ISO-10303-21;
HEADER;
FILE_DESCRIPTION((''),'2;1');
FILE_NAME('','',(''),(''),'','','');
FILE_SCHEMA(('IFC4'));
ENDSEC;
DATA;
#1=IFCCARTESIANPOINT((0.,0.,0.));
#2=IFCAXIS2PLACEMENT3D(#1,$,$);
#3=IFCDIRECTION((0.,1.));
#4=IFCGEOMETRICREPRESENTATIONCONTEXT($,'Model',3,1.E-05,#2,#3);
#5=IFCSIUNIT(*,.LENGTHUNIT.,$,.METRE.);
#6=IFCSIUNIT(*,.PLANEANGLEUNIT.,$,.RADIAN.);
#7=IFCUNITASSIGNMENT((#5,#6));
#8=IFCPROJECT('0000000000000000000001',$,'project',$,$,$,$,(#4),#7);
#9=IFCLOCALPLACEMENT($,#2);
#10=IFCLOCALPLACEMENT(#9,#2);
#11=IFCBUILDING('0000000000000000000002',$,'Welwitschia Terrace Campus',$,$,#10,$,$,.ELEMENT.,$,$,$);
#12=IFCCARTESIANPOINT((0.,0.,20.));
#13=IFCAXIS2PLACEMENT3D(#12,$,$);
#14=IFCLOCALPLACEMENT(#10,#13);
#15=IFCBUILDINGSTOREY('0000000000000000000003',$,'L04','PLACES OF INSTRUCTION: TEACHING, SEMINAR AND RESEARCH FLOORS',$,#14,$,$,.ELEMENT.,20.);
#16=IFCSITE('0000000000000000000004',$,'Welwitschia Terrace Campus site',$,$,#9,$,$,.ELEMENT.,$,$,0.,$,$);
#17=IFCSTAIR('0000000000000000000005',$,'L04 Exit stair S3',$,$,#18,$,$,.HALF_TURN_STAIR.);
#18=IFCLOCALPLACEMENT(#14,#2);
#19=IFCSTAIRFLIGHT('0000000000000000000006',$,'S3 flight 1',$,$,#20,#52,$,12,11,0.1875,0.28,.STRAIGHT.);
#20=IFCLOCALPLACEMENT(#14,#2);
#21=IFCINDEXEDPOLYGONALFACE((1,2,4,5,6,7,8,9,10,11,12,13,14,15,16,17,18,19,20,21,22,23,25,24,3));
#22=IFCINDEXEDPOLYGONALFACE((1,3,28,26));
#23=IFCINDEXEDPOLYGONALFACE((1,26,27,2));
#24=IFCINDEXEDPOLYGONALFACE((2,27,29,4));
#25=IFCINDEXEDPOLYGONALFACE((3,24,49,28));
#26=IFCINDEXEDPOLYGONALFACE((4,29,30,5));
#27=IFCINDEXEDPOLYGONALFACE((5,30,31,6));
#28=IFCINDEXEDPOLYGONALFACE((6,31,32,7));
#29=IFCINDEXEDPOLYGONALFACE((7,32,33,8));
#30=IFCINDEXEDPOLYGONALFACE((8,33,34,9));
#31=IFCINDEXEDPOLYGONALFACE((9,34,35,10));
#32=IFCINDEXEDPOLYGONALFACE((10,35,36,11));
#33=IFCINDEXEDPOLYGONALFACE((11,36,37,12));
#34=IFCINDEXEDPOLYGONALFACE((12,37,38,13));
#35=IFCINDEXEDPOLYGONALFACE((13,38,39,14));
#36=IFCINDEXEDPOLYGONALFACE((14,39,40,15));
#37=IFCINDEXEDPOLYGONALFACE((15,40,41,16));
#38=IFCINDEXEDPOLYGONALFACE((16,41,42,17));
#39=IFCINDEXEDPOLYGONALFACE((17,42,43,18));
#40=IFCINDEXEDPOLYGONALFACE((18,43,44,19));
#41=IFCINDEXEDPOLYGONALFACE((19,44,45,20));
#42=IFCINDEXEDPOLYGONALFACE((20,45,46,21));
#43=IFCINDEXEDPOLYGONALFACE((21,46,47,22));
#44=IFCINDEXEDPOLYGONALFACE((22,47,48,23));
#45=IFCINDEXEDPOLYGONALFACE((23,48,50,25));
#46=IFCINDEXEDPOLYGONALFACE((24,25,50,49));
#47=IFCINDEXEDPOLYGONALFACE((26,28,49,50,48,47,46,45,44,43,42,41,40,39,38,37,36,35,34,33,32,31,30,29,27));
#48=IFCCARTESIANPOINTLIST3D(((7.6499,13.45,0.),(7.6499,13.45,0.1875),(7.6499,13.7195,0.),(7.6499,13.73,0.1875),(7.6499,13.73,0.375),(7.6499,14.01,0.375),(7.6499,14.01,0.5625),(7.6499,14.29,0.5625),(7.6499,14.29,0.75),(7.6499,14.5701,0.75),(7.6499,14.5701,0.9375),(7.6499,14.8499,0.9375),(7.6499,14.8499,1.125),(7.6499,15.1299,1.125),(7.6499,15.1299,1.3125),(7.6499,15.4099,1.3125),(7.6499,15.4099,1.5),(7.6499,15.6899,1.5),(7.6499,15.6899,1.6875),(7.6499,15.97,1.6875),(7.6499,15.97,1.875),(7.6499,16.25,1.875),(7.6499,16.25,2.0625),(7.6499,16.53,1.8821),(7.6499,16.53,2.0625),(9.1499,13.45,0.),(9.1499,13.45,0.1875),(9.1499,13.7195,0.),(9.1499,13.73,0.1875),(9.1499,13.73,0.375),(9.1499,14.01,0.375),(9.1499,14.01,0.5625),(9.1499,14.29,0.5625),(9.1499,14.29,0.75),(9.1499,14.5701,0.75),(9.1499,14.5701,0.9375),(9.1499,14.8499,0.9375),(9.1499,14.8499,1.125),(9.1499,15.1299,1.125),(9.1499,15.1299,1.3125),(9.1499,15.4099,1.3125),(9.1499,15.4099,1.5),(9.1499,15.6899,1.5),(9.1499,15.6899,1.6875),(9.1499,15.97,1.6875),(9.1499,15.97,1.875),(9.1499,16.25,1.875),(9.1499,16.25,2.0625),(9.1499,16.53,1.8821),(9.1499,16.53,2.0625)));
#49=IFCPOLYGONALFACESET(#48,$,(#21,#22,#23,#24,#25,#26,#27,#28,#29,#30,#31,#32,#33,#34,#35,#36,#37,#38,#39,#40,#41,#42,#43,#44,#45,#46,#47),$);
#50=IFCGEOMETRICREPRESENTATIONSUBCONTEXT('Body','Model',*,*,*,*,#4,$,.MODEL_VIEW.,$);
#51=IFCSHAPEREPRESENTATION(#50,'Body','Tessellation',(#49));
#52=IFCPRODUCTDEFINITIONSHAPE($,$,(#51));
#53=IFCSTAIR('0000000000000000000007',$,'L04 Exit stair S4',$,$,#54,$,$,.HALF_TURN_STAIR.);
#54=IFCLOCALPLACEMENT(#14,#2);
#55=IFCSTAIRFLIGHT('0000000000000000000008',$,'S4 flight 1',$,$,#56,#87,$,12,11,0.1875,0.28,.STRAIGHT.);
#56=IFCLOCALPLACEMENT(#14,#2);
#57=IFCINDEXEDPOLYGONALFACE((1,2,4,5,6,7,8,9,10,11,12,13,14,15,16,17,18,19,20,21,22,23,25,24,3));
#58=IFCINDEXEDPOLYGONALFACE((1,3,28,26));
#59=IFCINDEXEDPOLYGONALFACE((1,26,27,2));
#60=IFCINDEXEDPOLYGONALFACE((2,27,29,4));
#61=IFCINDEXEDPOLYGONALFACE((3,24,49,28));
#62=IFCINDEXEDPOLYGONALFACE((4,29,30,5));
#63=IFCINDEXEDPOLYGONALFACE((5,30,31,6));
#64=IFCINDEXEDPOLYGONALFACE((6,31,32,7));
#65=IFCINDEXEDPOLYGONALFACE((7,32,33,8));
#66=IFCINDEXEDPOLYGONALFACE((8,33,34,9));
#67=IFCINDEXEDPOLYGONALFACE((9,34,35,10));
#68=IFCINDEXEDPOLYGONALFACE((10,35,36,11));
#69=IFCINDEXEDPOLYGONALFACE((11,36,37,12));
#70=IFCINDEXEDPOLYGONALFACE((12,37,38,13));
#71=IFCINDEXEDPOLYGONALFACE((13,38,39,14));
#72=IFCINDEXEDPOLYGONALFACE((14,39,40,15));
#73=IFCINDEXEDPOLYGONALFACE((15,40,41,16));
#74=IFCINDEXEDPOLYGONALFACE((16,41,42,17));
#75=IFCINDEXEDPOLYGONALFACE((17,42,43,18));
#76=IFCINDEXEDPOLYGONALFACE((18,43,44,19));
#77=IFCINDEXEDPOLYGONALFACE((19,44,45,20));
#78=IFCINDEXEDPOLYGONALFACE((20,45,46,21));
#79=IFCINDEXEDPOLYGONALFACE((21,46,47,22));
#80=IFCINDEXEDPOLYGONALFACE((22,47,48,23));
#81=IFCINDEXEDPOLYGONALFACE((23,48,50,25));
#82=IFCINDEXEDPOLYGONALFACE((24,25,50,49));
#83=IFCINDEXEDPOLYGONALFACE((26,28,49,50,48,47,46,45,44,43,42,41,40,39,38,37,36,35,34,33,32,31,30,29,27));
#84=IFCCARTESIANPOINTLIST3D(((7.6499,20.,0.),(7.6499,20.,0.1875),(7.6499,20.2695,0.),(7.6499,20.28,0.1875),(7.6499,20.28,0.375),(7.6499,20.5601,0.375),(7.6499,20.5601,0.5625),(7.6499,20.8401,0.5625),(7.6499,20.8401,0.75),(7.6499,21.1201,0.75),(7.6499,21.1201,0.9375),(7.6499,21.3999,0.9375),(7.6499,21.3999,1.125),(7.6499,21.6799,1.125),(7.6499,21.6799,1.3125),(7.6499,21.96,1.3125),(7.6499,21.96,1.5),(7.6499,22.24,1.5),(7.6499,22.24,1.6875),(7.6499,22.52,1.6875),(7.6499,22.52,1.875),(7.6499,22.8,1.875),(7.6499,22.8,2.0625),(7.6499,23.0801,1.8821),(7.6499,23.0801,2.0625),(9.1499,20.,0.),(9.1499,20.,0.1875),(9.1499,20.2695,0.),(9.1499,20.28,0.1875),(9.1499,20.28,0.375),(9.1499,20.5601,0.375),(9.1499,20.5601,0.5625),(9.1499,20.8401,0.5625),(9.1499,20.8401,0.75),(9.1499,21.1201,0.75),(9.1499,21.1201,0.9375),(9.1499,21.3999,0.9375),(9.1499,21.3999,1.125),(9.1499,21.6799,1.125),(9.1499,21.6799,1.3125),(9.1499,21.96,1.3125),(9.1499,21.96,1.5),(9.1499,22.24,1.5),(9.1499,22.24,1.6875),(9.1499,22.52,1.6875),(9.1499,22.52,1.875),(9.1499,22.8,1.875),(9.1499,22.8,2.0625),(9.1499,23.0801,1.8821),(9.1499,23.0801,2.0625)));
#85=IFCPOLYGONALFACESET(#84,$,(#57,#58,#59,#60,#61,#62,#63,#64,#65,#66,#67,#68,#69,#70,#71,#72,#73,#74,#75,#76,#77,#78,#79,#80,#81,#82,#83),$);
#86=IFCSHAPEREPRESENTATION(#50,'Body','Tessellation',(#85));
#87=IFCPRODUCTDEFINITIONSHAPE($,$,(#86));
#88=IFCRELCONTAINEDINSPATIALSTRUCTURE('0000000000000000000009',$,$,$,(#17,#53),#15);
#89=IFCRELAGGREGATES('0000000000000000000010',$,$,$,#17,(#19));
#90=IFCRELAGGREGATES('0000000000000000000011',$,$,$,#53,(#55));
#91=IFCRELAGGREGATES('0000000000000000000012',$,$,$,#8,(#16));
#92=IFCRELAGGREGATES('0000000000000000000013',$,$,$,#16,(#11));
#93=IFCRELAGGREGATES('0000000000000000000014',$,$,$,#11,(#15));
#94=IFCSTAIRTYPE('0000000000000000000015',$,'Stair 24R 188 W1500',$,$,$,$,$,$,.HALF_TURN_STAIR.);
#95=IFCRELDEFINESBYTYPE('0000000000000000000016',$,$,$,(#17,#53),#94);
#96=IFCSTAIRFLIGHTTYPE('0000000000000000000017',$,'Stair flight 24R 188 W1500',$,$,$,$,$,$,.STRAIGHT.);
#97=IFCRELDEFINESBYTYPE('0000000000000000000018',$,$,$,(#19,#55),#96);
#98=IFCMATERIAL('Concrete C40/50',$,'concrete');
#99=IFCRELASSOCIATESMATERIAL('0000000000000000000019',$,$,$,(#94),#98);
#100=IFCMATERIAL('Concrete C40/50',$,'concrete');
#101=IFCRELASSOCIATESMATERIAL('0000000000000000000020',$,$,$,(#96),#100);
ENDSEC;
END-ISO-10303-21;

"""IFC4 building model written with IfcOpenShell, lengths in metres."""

from ifc_helpers import new_model, si_unit, direction, frame, origin, place, context, subcontext, project, spatial, polyline, outline, extrude, material, type_object, element, aggregate, save


model = new_model("IFC4")

# Units and contexts
model_context = context("Model", 3, precision=1e-05, world=origin(), true_north=direction((0.0, 1.0)))
body_context = subcontext(model_context, "Body", "Model", "MODEL_VIEW")
ifc_project = project(units=[si_unit("LENGTHUNIT", "METRE"), si_unit("PLANEANGLEUNIT", "RADIAN")], contexts=[model_context])

# Site, building, storey
site_placement = place(None, origin())
site = spatial("IfcSite", under=ifc_project, at=site_placement, Name="Welwitschia Terrace Campus site", CompositionType="ELEMENT", RefElevation=0.0)
building_placement = place(site_placement, origin())
building = spatial("IfcBuilding", under=site, at=building_placement, Name="Welwitschia Terrace Campus", CompositionType="ELEMENT")
storey_placement = place(building_placement, frame((0.0, 0.0, 20.0)))
storey = spatial("IfcBuildingStorey", under=building, at=storey_placement, Name="L04", Description="PLACES OF INSTRUCTION: TEACHING, SEMINAR AND RESEARCH FLOORS", CompositionType="ELEMENT", Elevation=20.0)

# Stairs, stair flights
ifc_material_1 = material(Name="Concrete C40/50", Category="concrete")
stair_type = type_object("IfcStairType", Name="Stair 24R 188 W1500", PredefinedType="HALF_TURN_STAIR", material=ifc_material_1)
stair_1_placement = place(storey_placement, origin())
stair_1 = element("IfcStair", 1, at=stair_1_placement, inside=storey, type_object=stair_type, Name="L04 Exit stair S3", PredefinedType="HALF_TURN_STAIR")
ifc_material_2 = material(Name="Concrete C40/50", Category="concrete")
stair_flight_type = type_object("IfcStairFlightType", Name="Stair flight 24R 188 W1500", PredefinedType="STRAIGHT", material=ifc_material_2)
stair_flight_1_placement = place(storey_placement, frame((8.3999, 13.45, 0.0), z_axis=(0.0, 0.0, 1.0), x_axis=(0.0, 1.0, 0.0)))
stair_flight_1 = element("IfcStairFlight", 2, at=stair_flight_1_placement, type_object=stair_flight_type, Name="S3 flight 1", NumberOfRisers=12, NumberOfTreads=11, PredefinedType="STRAIGHT", RiserHeight=0.1875, TreadLength=0.28, context=body_context, shape_type="SweptSolid", body=[
    extrude(outline(polyline([(0.0, 0.0), (0.0, 0.1875), (0.28, 0.1875), (0.28, 0.375), (0.5601, 0.375), (0.5601, 0.5625), (0.8401, 0.5625), (0.8401, 0.75), (1.1201, 0.75), (1.1201, 0.9375), (1.3999, 0.9375), (1.3999, 1.125), (1.6799, 1.125), (1.6799, 1.3125), (1.96, 1.3125), (1.96, 1.5), (2.24, 1.5), (2.24, 1.6875), (2.52, 1.6875), (2.52, 1.875), (2.8, 1.875), (2.8, 2.0625), (3.0801, 2.0625), (3.0801, 2.25), (3.0801, 1.8821), (0.2695, 0.0), (0.0, 0.0)])), frame((0.0, 0.75, 0.0), z_axis=(0.0, -1.0, 0.0), x_axis=(1.0, 0.0, 0.0)), (0.0, 0.0, 1.0), 1.5),
])
aggregate(stair_1, [stair_flight_1])
stair_2_placement = place(storey_placement, origin())
stair_2 = element("IfcStair", 3, at=stair_2_placement, inside=storey, type_object=stair_type, Name="L04 Exit stair S4", PredefinedType="HALF_TURN_STAIR")
stair_flight_2_placement = place(storey_placement, frame((8.3999, 20.0, 0.0), z_axis=(0.0, 0.0, 1.0), x_axis=(0.0, 1.0, 0.0)))
stair_flight_2 = element("IfcStairFlight", 4, at=stair_flight_2_placement, type_object=stair_flight_type, Name="S4 flight 1", NumberOfRisers=12, NumberOfTreads=11, PredefinedType="STRAIGHT", RiserHeight=0.1875, TreadLength=0.28, context=body_context, shape_type="SweptSolid", body=[
    extrude(outline(polyline([(0.0, 0.0), (0.0, 0.1875), (0.28, 0.1875), (0.28, 0.375), (0.5601, 0.375), (0.5601, 0.5625), (0.8401, 0.5625), (0.8401, 0.75), (1.1201, 0.75), (1.1201, 0.9375), (1.3999, 0.9375), (1.3999, 1.125), (1.6799, 1.125), (1.6799, 1.3125), (1.96, 1.3125), (1.96, 1.5), (2.24, 1.5), (2.24, 1.6875), (2.52, 1.6875), (2.52, 1.875), (2.8, 1.875), (2.8, 2.0625), (3.0801, 2.0625), (3.0801, 2.25), (3.0801, 1.8821), (0.2695, 0.0), (0.0, 0.0)])), frame((0.0, 0.75, 0.0), z_axis=(0.0, -1.0, 0.0), x_axis=(1.0, 0.0, 0.0)), (0.0, 0.0, 1.0), 1.5),
])
aggregate(stair_2, [stair_flight_2])

save(model, "model.ifc")
